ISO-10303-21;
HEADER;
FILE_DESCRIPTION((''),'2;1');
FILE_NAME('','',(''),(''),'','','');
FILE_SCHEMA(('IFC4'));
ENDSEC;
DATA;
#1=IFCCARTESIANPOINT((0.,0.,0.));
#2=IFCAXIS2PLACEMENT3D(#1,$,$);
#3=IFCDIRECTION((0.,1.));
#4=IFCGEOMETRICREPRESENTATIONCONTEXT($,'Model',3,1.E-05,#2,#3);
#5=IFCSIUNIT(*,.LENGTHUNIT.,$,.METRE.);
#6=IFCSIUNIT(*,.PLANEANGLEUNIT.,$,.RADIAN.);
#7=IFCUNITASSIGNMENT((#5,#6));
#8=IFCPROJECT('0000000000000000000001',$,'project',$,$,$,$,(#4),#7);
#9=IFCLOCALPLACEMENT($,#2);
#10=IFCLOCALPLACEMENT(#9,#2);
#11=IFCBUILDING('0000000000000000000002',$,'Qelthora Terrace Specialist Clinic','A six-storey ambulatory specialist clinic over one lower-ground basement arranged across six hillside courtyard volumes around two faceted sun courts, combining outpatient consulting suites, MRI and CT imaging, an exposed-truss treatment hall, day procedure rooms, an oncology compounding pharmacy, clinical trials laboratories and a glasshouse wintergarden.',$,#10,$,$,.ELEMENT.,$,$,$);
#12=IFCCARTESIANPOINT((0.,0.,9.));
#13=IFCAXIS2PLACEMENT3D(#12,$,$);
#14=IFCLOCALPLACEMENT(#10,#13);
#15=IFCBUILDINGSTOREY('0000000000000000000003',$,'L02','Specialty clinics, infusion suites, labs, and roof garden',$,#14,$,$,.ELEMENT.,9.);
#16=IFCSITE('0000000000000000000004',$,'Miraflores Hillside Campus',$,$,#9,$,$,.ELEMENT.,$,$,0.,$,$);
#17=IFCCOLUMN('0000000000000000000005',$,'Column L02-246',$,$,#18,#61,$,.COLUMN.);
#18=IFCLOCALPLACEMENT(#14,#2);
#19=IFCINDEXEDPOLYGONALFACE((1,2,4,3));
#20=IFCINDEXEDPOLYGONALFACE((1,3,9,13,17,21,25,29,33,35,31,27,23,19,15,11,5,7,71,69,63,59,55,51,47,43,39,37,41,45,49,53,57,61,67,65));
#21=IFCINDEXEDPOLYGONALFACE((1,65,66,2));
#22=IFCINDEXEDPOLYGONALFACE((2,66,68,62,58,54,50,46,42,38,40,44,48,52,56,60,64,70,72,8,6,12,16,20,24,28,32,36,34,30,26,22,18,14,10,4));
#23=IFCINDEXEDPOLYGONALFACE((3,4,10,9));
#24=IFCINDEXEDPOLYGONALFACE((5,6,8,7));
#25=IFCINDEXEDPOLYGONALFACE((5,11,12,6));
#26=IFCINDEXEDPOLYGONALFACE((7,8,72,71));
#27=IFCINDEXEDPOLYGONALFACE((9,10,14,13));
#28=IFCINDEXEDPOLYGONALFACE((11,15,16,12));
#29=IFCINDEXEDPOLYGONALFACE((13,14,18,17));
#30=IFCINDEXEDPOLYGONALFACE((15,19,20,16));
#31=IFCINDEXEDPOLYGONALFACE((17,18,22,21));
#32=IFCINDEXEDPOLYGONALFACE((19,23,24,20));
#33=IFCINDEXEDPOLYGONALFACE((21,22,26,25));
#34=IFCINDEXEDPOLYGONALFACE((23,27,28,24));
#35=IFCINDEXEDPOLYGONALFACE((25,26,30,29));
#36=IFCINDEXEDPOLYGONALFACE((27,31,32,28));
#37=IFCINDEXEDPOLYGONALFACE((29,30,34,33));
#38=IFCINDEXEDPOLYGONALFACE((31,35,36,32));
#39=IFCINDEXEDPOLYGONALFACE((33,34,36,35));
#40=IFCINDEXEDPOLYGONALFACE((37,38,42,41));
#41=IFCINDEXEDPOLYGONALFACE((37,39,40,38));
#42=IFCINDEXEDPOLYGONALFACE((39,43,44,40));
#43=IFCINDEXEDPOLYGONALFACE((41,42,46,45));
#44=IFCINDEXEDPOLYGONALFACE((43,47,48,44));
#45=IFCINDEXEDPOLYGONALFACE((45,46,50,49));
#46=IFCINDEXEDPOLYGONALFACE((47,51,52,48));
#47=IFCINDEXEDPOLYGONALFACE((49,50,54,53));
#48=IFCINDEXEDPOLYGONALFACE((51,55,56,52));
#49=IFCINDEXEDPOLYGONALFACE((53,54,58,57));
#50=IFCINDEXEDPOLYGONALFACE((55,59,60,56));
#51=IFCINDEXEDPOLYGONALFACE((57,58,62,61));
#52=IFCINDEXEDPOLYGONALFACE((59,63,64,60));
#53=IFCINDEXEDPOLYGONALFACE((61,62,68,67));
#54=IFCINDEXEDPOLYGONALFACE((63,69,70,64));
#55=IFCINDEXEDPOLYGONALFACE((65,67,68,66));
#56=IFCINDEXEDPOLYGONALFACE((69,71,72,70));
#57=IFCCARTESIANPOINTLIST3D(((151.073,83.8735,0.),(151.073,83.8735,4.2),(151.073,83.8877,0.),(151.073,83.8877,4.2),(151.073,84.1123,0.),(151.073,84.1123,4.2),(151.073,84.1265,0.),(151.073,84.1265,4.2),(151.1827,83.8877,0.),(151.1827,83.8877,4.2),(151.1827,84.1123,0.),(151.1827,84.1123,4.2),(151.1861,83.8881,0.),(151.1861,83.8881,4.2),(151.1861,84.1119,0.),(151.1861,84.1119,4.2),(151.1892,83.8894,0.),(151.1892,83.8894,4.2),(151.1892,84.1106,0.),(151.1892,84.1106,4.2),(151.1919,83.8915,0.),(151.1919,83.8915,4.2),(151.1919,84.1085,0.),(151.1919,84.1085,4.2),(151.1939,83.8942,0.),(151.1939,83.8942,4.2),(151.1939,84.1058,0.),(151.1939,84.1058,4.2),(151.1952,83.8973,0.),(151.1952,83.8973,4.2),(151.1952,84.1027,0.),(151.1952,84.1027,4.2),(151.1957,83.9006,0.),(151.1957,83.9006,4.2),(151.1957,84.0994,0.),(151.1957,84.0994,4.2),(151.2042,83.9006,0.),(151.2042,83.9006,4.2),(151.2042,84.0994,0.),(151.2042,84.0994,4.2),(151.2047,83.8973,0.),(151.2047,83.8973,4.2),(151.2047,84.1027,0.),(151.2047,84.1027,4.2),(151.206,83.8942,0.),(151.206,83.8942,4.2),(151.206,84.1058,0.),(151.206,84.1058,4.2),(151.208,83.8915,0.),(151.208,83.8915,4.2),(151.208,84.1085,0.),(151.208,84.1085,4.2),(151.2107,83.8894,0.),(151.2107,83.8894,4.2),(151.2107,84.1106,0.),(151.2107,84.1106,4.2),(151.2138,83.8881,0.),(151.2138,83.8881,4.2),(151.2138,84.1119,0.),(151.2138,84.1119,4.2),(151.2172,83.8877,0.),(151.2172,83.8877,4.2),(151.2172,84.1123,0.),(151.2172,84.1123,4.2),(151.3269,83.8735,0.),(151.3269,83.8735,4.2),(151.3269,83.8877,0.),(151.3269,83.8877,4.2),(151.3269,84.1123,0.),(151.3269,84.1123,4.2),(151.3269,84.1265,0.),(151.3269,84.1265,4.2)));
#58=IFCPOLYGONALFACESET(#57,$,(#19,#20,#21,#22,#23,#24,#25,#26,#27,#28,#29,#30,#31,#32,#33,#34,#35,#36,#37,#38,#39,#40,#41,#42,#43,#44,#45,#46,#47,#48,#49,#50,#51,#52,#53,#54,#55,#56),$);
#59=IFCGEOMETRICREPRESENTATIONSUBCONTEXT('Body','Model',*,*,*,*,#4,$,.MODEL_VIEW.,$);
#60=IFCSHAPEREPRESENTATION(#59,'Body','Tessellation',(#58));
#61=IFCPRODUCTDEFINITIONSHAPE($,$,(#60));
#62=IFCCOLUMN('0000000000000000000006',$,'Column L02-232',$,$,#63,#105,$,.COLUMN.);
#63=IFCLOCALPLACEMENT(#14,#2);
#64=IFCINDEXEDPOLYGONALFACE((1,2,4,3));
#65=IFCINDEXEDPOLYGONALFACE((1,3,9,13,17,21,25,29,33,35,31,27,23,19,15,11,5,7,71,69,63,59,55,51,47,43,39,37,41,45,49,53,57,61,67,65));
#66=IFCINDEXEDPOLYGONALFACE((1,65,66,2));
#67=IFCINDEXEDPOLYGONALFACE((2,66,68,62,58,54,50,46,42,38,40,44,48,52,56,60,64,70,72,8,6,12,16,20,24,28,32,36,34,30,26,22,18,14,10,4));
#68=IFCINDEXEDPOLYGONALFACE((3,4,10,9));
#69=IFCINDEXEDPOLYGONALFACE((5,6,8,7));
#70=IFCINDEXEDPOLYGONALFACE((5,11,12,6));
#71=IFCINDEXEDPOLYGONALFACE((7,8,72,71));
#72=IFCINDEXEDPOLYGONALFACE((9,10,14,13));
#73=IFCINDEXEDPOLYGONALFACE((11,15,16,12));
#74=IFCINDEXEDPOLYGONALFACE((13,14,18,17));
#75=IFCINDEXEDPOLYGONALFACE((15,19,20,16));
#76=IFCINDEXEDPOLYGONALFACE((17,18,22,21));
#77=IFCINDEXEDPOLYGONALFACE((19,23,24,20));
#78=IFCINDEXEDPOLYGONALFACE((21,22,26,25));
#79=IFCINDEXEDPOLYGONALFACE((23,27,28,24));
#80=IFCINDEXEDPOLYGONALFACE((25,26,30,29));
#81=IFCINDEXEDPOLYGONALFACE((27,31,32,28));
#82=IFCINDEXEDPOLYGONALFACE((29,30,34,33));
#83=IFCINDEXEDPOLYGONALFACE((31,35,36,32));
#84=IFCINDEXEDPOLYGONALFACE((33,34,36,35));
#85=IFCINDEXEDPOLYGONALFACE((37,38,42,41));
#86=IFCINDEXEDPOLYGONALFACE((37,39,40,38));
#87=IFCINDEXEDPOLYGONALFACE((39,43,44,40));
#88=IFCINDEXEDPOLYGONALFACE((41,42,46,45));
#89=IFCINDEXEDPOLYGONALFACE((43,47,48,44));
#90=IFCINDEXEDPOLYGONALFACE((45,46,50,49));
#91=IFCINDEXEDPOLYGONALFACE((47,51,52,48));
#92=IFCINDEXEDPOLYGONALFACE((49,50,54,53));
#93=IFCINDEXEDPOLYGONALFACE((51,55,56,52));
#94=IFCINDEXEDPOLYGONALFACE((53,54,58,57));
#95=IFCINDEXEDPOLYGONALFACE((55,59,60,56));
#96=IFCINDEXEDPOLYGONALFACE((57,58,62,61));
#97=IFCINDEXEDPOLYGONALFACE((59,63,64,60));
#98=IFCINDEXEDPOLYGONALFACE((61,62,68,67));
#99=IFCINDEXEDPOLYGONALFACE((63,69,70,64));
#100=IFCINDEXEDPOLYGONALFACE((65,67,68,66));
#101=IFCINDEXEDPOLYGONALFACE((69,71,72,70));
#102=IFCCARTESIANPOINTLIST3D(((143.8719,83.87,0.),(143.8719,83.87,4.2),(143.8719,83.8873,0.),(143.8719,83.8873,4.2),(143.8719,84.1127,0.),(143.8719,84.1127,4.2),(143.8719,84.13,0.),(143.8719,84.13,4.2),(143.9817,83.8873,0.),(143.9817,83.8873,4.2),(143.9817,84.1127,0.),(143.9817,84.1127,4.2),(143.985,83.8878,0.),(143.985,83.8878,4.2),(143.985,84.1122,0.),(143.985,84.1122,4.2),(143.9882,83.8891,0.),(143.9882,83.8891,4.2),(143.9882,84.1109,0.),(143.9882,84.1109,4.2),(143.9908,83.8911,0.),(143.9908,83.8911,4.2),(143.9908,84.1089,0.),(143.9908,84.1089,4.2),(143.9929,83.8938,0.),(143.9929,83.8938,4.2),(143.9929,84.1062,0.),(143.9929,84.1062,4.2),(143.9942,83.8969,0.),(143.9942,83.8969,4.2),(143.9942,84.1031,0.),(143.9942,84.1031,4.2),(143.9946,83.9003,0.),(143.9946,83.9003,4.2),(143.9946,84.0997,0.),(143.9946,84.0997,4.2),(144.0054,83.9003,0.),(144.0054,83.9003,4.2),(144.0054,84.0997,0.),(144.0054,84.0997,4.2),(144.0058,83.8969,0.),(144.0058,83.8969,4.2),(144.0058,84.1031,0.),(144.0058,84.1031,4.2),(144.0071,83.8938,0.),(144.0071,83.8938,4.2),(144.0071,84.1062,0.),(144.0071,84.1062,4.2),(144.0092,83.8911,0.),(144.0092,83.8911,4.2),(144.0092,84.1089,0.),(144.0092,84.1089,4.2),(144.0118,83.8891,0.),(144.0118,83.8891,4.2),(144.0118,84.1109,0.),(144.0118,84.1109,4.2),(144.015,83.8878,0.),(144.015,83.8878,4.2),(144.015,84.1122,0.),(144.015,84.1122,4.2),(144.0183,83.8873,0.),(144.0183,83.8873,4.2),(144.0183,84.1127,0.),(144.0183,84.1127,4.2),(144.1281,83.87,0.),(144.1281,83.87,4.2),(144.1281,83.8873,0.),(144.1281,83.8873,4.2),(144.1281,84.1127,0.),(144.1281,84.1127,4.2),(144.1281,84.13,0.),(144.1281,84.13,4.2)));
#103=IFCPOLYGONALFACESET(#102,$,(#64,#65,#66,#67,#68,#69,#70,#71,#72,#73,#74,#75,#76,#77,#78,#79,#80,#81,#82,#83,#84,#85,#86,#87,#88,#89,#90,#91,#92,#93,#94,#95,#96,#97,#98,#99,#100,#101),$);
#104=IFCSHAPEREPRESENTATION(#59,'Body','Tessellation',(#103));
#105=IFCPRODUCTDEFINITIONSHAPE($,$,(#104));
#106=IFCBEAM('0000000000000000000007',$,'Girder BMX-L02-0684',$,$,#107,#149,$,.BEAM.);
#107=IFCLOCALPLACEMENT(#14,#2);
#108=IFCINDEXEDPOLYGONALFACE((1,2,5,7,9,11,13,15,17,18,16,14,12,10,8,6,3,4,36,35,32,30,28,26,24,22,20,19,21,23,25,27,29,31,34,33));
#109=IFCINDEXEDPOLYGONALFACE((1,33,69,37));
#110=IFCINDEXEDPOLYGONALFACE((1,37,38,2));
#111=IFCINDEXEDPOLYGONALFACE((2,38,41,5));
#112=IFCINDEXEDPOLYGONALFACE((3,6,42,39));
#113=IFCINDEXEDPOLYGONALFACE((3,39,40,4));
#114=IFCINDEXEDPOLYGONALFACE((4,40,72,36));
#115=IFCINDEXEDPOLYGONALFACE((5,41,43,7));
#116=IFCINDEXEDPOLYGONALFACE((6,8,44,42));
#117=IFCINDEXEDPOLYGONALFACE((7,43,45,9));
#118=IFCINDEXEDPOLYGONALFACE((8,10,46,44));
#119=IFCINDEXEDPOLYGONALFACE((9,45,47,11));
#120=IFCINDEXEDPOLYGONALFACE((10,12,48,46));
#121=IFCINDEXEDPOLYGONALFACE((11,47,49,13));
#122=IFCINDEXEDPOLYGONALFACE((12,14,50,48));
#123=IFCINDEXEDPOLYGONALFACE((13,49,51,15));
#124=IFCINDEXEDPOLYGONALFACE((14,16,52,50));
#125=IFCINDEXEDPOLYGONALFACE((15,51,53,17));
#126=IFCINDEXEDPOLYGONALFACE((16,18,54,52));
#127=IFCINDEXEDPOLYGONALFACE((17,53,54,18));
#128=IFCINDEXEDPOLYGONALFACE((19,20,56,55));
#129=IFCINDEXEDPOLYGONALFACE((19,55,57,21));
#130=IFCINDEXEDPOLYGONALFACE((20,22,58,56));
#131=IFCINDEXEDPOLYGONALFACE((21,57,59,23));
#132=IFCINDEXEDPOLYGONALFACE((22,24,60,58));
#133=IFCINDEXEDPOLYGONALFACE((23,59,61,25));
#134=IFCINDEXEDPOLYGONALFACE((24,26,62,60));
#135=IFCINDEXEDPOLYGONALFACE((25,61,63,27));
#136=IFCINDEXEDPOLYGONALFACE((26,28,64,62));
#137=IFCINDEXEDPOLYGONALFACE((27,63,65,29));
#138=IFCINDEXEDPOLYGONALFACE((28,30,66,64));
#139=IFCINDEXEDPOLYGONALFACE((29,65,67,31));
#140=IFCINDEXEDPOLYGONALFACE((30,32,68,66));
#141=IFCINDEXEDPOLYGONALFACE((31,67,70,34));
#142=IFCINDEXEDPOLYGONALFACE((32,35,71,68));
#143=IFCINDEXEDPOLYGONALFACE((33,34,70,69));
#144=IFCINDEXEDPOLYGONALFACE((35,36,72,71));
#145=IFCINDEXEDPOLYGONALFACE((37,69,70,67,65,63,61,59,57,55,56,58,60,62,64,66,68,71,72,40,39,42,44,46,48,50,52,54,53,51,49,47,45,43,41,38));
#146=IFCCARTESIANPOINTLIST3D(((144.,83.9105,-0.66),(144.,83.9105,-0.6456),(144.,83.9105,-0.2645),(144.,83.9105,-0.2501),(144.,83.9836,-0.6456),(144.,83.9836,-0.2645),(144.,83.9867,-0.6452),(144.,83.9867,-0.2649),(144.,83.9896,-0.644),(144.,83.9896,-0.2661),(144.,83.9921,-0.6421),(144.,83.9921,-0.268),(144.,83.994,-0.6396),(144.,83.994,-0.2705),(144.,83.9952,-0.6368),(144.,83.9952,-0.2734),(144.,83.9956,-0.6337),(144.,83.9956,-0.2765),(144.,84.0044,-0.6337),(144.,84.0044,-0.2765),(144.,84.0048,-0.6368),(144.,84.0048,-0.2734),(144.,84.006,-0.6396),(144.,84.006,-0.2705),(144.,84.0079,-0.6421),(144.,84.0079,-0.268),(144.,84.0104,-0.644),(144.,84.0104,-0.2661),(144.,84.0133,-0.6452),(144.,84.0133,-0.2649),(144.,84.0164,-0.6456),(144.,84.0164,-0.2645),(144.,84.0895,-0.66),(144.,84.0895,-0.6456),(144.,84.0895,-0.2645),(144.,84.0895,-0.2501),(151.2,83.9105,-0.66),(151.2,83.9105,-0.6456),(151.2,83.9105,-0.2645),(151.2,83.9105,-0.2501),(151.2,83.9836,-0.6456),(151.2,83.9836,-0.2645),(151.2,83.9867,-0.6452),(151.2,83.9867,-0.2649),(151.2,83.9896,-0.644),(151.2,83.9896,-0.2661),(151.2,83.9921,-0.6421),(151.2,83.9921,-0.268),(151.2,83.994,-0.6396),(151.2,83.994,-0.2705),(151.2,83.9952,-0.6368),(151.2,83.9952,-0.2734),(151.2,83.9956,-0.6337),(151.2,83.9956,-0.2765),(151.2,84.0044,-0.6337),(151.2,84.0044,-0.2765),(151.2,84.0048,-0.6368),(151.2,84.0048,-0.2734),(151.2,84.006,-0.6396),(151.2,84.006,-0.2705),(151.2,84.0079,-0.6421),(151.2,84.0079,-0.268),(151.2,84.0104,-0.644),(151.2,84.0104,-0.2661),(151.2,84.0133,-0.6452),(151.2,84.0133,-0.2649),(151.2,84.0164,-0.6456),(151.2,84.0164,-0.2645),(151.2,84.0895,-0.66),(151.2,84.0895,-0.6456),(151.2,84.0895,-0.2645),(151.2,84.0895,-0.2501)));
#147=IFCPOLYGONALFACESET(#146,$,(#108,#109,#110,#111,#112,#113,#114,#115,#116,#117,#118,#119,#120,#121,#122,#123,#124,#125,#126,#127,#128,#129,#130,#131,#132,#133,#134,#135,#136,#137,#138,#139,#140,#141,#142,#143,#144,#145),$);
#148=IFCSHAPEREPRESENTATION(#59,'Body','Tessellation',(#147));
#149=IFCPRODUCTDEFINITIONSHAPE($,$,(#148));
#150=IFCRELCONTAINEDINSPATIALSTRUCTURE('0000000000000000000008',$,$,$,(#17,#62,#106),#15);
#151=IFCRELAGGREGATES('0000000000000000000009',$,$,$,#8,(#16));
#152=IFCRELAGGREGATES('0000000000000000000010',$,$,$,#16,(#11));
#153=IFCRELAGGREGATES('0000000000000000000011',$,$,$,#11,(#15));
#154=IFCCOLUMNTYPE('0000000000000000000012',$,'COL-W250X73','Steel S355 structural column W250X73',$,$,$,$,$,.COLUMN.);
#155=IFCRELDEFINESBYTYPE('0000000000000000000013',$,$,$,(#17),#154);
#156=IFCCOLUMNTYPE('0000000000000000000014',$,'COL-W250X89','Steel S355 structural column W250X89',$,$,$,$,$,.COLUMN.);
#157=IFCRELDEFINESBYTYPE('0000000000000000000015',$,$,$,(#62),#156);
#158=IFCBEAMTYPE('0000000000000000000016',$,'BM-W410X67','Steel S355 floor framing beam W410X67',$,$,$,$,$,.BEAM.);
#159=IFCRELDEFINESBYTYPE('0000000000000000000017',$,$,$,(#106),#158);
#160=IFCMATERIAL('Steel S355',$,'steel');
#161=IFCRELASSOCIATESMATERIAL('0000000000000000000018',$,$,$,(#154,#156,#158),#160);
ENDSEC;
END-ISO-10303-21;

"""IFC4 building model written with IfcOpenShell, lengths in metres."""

from ifc_helpers import new_model, si_unit, direction, frame, origin, origin_2d, place, context, subcontext, project, spatial, i_section, extrude, material, material_profile, profile_set, type_object, element, save


model = new_model("IFC4")

# Units and contexts
model_context = context("Model", 3, precision=1e-05, world=origin(), true_north=direction((0.0, 1.0)))
body_context = subcontext(model_context, "Body", "Model", "MODEL_VIEW")
ifc_project = project(units=[si_unit("LENGTHUNIT", "METRE"), si_unit("PLANEANGLEUNIT", "RADIAN")], contexts=[model_context])

# Site, building, storey
site_placement = place(None, origin())
site = spatial("IfcSite", under=ifc_project, at=site_placement, Name="Miraflores Hillside Campus", CompositionType="ELEMENT", RefElevation=0.0)
building_placement = place(site_placement, origin())
building = spatial("IfcBuilding", under=site, at=building_placement, Name="Qelthora Terrace Specialist Clinic", Description="A six-storey ambulatory specialist clinic over one lower-ground basement arranged across six hillside courtyard volumes around two faceted sun courts, combining outpatient consulting suites, MRI and CT imaging, an exposed-truss treatment hall, day procedure rooms, an oncology compounding pharmacy, clinical trials laboratories and a glasshouse wintergarden.", CompositionType="ELEMENT")
storey_placement = place(building_placement, frame((0.0, 0.0, 9.0)))
storey = spatial("IfcBuildingStorey", under=building, at=storey_placement, Name="L02", Description="Specialty clinics, infusion suites, labs, and roof garden", CompositionType="ELEMENT", Elevation=9.0)

# Columns
ifc_material_1 = material(Name="Steel S355", Category="steel")
ifc_material_profile_1 = material_profile(ifc_material_1, i_section(OverallWidth=0.2539, OverallDepth=0.2529, WebThickness=0.0085, FlangeThickness=0.0142, FilletRadius=0.0129, at=origin_2d()), Name="W250X73")
ifc_profile_set_1 = profile_set([ifc_material_profile_1], Name="Steel S355")
column_type_1 = type_object("IfcColumnType", Name="COL-W250X73", Description="Steel S355 structural column W250X73", PredefinedType="COLUMN", material=ifc_profile_set_1)
column_1_placement = place(storey_placement, frame((151.2, 84.0, 0.0), z_axis=(0.0, 0.0, 1.0), x_axis=(1.0, 0.0, 0.0)))
element("IfcColumn", 1, at=column_1_placement, inside=storey, type_object=column_type_1, Name="Column L02-246", PredefinedType="COLUMN", context=body_context, shape_type="SweptSolid", body=[
    extrude(i_section(OverallWidth=0.2539, OverallDepth=0.2529, WebThickness=0.0085, FlangeThickness=0.0142, FilletRadius=0.0129, at=origin_2d()), origin(), (0.0, 0.0, 1.0), 4.2),
])
ifc_material_profile_2 = material_profile(ifc_material_1, i_section(OverallWidth=0.2561, OverallDepth=0.26, WebThickness=0.0107, FlangeThickness=0.0173, FilletRadius=0.0129, at=origin_2d()), Name="W250X89")
ifc_profile_set_2 = profile_set([ifc_material_profile_2], Name="Steel S355")
column_type_2 = type_object("IfcColumnType", Name="COL-W250X89", Description="Steel S355 structural column W250X89", PredefinedType="COLUMN", material=ifc_profile_set_2)
column_2_placement = place(storey_placement, frame((144.0, 84.0, 0.0), z_axis=(0.0, 0.0, 1.0), x_axis=(1.0, 0.0, 0.0)))
element("IfcColumn", 2, at=column_2_placement, inside=storey, type_object=column_type_2, Name="Column L02-232", PredefinedType="COLUMN", context=body_context, shape_type="SweptSolid", body=[
    extrude(i_section(OverallWidth=0.2561, OverallDepth=0.26, WebThickness=0.0107, FlangeThickness=0.0173, FilletRadius=0.0129, at=origin_2d()), origin(), (0.0, 0.0, 1.0), 4.2),
])

# Beam
ifc_material_profile_3 = material_profile(ifc_material_1, i_section(OverallWidth=0.179, OverallDepth=0.4099, WebThickness=0.0088, FlangeThickness=0.0144, FilletRadius=0.012, at=origin_2d()), Name="W410X67")
ifc_profile_set_3 = profile_set([ifc_material_profile_3], Name="Steel S355")
beam_type_1 = type_object("IfcBeamType", Name="BM-W410X67", Description="Steel S355 floor framing beam W410X67", PredefinedType="BEAM", material=ifc_profile_set_3)
beam_1_placement = place(storey_placement, frame((144.0, 84.0, -0.4551), z_axis=(1.0, 0.0, 0.0), x_axis=(0.0, 1.0, 0.0)))
element("IfcBeam", 3, at=beam_1_placement, inside=storey, type_object=beam_type_1, Name="Girder BMX-L02-0684", PredefinedType="BEAM", context=body_context, shape_type="SweptSolid", body=[
    extrude(i_section(OverallWidth=0.179, OverallDepth=0.4099, WebThickness=0.0088, FlangeThickness=0.0144, FilletRadius=0.012, at=origin_2d()), origin(), (0.0, 0.0, 1.0), 7.2),
])

save(model, "model.ifc")
